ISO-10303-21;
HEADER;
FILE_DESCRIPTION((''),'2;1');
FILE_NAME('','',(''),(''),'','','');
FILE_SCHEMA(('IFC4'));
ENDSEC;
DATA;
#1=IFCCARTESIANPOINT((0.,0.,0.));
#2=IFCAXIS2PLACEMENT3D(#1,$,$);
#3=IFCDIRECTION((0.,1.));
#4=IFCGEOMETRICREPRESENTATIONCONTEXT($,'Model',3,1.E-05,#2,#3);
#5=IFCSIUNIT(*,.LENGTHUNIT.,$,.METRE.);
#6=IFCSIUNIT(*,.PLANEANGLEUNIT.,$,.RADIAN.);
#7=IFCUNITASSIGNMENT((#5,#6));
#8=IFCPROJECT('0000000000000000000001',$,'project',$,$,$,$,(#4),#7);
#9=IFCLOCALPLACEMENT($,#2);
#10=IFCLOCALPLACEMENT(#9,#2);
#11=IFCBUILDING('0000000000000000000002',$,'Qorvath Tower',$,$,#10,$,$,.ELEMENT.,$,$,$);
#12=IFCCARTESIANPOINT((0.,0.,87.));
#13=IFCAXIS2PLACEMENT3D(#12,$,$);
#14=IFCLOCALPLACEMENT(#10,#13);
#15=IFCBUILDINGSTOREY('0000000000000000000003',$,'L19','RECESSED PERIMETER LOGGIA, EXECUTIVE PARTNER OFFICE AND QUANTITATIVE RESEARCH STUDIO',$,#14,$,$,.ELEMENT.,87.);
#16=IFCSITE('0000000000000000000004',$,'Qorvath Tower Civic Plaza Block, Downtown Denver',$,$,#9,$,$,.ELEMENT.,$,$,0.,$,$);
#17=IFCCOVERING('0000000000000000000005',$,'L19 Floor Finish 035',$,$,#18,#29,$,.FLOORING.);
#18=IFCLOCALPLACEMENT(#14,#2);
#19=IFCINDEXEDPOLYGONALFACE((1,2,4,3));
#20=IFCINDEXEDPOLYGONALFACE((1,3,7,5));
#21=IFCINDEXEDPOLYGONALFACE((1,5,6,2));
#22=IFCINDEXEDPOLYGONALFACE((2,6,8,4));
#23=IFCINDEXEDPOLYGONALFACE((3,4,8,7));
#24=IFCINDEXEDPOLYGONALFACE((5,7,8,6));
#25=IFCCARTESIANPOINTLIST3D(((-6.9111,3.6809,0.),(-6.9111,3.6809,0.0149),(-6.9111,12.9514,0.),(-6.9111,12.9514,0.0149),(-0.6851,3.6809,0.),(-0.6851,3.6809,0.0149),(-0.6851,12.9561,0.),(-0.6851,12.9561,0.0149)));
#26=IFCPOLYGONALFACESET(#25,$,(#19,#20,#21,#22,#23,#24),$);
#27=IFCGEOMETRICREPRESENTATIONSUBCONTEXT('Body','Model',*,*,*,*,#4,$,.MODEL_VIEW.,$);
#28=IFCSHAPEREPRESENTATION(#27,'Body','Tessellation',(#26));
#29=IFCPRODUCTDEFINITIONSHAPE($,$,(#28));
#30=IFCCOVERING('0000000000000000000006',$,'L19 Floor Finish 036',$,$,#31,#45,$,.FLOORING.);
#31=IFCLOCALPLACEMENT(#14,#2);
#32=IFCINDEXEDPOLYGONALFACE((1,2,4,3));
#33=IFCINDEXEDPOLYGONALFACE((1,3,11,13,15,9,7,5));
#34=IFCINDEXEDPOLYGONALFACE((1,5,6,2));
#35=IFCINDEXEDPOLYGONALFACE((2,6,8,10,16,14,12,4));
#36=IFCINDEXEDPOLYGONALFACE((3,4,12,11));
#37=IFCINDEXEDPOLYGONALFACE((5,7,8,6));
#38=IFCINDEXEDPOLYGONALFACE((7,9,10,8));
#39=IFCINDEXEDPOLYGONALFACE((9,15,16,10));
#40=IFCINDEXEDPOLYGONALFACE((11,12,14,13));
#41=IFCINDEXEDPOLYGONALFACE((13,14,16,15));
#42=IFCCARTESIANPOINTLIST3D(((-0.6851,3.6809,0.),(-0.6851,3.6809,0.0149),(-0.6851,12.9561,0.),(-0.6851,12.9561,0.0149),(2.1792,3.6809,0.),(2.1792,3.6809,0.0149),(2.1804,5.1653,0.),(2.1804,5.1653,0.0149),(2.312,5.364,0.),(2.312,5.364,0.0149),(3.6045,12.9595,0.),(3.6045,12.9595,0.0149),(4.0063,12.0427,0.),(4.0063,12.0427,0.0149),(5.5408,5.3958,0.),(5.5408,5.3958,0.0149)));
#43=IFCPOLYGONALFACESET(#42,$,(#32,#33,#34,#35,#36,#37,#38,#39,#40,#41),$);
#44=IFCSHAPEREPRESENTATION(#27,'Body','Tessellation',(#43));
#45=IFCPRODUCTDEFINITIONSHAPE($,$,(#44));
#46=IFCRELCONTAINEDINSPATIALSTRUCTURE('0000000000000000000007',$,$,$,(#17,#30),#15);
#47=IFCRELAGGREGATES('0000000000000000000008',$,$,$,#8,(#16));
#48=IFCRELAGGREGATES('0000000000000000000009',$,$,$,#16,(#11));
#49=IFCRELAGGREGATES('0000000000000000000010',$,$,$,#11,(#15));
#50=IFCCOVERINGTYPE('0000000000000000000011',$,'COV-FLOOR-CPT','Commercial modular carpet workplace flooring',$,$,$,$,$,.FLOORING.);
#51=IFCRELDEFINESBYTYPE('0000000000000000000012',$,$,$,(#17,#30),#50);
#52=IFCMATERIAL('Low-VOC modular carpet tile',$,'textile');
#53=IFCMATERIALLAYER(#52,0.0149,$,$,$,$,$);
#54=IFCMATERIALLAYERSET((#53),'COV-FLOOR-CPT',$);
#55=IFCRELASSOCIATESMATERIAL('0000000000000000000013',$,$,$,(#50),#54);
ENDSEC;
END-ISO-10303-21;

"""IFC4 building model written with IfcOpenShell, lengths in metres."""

from ifc_helpers import new_model, si_unit, direction, frame, origin, place, context, subcontext, project, spatial, polyline, outline, extrude, material, layer, layer_set, type_object, element, save


model = new_model("IFC4")

# Units and contexts
model_context = context("Model", 3, precision=1e-05, world=origin(), true_north=direction((0.0, 1.0)))
body_context = subcontext(model_context, "Body", "Model", "MODEL_VIEW")
ifc_project = project(units=[si_unit("LENGTHUNIT", "METRE"), si_unit("PLANEANGLEUNIT", "RADIAN")], contexts=[model_context])

# Site, building, storey
site_placement = place(None, origin())
site = spatial("IfcSite", under=ifc_project, at=site_placement, Name="Qorvath Tower Civic Plaza Block, Downtown Denver", CompositionType="ELEMENT", RefElevation=0.0)
building_placement = place(site_placement, origin())
building = spatial("IfcBuilding", under=site, at=building_placement, Name="Qorvath Tower", CompositionType="ELEMENT")
storey_placement = place(building_placement, frame((0.0, 0.0, 87.0)))
storey = spatial("IfcBuildingStorey", under=building, at=storey_placement, Name="L19", Description="RECESSED PERIMETER LOGGIA, EXECUTIVE PARTNER OFFICE AND QUANTITATIVE RESEARCH STUDIO", CompositionType="ELEMENT", Elevation=87.0)

# Coverings
ifc_material_1 = material(Name="Low-VOC modular carpet tile", Category="textile")
ifc_layer_1 = layer(ifc_material_1, 0.0149)
ifc_layer_set_1 = layer_set([ifc_layer_1], Name="COV-FLOOR-CPT")
covering_type_1 = type_object("IfcCoveringType", Name="COV-FLOOR-CPT", Description="Commercial modular carpet workplace flooring", PredefinedType="FLOORING", material=ifc_layer_set_1)
covering_1_placement = place(storey_placement, origin())
element("IfcCovering", 1, at=covering_1_placement, inside=storey, type_object=covering_type_1, Name="L19 Floor Finish 035", PredefinedType="FLOORING", context=body_context, shape_type="SweptSolid", body=[
    extrude(outline(polyline([(-0.6851, 3.6809), (-0.6851, 12.9561), (-6.9111, 12.9514), (-6.9111, 3.6809), (-0.6851, 3.6809)])), origin(), (0.0, 0.0, 1.0), 0.0149),
])
covering_2_placement = place(storey_placement, origin())
element("IfcCovering", 2, at=covering_2_placement, inside=storey, type_object=covering_type_1, Name="L19 Floor Finish 036", PredefinedType="FLOORING", context=body_context, shape_type="SweptSolid", body=[
    extrude(outline(polyline([(2.312, 5.364), (5.5408, 5.3958), (4.0063, 12.0427), (3.6045, 12.9595), (-0.6851, 12.9561), (-0.6851, 3.6809), (2.1792, 3.6809), (2.1804, 5.1653), (2.312, 5.364)])), origin(), (0.0, 0.0, 1.0), 0.0149),
])

save(model, "model.ifc")
